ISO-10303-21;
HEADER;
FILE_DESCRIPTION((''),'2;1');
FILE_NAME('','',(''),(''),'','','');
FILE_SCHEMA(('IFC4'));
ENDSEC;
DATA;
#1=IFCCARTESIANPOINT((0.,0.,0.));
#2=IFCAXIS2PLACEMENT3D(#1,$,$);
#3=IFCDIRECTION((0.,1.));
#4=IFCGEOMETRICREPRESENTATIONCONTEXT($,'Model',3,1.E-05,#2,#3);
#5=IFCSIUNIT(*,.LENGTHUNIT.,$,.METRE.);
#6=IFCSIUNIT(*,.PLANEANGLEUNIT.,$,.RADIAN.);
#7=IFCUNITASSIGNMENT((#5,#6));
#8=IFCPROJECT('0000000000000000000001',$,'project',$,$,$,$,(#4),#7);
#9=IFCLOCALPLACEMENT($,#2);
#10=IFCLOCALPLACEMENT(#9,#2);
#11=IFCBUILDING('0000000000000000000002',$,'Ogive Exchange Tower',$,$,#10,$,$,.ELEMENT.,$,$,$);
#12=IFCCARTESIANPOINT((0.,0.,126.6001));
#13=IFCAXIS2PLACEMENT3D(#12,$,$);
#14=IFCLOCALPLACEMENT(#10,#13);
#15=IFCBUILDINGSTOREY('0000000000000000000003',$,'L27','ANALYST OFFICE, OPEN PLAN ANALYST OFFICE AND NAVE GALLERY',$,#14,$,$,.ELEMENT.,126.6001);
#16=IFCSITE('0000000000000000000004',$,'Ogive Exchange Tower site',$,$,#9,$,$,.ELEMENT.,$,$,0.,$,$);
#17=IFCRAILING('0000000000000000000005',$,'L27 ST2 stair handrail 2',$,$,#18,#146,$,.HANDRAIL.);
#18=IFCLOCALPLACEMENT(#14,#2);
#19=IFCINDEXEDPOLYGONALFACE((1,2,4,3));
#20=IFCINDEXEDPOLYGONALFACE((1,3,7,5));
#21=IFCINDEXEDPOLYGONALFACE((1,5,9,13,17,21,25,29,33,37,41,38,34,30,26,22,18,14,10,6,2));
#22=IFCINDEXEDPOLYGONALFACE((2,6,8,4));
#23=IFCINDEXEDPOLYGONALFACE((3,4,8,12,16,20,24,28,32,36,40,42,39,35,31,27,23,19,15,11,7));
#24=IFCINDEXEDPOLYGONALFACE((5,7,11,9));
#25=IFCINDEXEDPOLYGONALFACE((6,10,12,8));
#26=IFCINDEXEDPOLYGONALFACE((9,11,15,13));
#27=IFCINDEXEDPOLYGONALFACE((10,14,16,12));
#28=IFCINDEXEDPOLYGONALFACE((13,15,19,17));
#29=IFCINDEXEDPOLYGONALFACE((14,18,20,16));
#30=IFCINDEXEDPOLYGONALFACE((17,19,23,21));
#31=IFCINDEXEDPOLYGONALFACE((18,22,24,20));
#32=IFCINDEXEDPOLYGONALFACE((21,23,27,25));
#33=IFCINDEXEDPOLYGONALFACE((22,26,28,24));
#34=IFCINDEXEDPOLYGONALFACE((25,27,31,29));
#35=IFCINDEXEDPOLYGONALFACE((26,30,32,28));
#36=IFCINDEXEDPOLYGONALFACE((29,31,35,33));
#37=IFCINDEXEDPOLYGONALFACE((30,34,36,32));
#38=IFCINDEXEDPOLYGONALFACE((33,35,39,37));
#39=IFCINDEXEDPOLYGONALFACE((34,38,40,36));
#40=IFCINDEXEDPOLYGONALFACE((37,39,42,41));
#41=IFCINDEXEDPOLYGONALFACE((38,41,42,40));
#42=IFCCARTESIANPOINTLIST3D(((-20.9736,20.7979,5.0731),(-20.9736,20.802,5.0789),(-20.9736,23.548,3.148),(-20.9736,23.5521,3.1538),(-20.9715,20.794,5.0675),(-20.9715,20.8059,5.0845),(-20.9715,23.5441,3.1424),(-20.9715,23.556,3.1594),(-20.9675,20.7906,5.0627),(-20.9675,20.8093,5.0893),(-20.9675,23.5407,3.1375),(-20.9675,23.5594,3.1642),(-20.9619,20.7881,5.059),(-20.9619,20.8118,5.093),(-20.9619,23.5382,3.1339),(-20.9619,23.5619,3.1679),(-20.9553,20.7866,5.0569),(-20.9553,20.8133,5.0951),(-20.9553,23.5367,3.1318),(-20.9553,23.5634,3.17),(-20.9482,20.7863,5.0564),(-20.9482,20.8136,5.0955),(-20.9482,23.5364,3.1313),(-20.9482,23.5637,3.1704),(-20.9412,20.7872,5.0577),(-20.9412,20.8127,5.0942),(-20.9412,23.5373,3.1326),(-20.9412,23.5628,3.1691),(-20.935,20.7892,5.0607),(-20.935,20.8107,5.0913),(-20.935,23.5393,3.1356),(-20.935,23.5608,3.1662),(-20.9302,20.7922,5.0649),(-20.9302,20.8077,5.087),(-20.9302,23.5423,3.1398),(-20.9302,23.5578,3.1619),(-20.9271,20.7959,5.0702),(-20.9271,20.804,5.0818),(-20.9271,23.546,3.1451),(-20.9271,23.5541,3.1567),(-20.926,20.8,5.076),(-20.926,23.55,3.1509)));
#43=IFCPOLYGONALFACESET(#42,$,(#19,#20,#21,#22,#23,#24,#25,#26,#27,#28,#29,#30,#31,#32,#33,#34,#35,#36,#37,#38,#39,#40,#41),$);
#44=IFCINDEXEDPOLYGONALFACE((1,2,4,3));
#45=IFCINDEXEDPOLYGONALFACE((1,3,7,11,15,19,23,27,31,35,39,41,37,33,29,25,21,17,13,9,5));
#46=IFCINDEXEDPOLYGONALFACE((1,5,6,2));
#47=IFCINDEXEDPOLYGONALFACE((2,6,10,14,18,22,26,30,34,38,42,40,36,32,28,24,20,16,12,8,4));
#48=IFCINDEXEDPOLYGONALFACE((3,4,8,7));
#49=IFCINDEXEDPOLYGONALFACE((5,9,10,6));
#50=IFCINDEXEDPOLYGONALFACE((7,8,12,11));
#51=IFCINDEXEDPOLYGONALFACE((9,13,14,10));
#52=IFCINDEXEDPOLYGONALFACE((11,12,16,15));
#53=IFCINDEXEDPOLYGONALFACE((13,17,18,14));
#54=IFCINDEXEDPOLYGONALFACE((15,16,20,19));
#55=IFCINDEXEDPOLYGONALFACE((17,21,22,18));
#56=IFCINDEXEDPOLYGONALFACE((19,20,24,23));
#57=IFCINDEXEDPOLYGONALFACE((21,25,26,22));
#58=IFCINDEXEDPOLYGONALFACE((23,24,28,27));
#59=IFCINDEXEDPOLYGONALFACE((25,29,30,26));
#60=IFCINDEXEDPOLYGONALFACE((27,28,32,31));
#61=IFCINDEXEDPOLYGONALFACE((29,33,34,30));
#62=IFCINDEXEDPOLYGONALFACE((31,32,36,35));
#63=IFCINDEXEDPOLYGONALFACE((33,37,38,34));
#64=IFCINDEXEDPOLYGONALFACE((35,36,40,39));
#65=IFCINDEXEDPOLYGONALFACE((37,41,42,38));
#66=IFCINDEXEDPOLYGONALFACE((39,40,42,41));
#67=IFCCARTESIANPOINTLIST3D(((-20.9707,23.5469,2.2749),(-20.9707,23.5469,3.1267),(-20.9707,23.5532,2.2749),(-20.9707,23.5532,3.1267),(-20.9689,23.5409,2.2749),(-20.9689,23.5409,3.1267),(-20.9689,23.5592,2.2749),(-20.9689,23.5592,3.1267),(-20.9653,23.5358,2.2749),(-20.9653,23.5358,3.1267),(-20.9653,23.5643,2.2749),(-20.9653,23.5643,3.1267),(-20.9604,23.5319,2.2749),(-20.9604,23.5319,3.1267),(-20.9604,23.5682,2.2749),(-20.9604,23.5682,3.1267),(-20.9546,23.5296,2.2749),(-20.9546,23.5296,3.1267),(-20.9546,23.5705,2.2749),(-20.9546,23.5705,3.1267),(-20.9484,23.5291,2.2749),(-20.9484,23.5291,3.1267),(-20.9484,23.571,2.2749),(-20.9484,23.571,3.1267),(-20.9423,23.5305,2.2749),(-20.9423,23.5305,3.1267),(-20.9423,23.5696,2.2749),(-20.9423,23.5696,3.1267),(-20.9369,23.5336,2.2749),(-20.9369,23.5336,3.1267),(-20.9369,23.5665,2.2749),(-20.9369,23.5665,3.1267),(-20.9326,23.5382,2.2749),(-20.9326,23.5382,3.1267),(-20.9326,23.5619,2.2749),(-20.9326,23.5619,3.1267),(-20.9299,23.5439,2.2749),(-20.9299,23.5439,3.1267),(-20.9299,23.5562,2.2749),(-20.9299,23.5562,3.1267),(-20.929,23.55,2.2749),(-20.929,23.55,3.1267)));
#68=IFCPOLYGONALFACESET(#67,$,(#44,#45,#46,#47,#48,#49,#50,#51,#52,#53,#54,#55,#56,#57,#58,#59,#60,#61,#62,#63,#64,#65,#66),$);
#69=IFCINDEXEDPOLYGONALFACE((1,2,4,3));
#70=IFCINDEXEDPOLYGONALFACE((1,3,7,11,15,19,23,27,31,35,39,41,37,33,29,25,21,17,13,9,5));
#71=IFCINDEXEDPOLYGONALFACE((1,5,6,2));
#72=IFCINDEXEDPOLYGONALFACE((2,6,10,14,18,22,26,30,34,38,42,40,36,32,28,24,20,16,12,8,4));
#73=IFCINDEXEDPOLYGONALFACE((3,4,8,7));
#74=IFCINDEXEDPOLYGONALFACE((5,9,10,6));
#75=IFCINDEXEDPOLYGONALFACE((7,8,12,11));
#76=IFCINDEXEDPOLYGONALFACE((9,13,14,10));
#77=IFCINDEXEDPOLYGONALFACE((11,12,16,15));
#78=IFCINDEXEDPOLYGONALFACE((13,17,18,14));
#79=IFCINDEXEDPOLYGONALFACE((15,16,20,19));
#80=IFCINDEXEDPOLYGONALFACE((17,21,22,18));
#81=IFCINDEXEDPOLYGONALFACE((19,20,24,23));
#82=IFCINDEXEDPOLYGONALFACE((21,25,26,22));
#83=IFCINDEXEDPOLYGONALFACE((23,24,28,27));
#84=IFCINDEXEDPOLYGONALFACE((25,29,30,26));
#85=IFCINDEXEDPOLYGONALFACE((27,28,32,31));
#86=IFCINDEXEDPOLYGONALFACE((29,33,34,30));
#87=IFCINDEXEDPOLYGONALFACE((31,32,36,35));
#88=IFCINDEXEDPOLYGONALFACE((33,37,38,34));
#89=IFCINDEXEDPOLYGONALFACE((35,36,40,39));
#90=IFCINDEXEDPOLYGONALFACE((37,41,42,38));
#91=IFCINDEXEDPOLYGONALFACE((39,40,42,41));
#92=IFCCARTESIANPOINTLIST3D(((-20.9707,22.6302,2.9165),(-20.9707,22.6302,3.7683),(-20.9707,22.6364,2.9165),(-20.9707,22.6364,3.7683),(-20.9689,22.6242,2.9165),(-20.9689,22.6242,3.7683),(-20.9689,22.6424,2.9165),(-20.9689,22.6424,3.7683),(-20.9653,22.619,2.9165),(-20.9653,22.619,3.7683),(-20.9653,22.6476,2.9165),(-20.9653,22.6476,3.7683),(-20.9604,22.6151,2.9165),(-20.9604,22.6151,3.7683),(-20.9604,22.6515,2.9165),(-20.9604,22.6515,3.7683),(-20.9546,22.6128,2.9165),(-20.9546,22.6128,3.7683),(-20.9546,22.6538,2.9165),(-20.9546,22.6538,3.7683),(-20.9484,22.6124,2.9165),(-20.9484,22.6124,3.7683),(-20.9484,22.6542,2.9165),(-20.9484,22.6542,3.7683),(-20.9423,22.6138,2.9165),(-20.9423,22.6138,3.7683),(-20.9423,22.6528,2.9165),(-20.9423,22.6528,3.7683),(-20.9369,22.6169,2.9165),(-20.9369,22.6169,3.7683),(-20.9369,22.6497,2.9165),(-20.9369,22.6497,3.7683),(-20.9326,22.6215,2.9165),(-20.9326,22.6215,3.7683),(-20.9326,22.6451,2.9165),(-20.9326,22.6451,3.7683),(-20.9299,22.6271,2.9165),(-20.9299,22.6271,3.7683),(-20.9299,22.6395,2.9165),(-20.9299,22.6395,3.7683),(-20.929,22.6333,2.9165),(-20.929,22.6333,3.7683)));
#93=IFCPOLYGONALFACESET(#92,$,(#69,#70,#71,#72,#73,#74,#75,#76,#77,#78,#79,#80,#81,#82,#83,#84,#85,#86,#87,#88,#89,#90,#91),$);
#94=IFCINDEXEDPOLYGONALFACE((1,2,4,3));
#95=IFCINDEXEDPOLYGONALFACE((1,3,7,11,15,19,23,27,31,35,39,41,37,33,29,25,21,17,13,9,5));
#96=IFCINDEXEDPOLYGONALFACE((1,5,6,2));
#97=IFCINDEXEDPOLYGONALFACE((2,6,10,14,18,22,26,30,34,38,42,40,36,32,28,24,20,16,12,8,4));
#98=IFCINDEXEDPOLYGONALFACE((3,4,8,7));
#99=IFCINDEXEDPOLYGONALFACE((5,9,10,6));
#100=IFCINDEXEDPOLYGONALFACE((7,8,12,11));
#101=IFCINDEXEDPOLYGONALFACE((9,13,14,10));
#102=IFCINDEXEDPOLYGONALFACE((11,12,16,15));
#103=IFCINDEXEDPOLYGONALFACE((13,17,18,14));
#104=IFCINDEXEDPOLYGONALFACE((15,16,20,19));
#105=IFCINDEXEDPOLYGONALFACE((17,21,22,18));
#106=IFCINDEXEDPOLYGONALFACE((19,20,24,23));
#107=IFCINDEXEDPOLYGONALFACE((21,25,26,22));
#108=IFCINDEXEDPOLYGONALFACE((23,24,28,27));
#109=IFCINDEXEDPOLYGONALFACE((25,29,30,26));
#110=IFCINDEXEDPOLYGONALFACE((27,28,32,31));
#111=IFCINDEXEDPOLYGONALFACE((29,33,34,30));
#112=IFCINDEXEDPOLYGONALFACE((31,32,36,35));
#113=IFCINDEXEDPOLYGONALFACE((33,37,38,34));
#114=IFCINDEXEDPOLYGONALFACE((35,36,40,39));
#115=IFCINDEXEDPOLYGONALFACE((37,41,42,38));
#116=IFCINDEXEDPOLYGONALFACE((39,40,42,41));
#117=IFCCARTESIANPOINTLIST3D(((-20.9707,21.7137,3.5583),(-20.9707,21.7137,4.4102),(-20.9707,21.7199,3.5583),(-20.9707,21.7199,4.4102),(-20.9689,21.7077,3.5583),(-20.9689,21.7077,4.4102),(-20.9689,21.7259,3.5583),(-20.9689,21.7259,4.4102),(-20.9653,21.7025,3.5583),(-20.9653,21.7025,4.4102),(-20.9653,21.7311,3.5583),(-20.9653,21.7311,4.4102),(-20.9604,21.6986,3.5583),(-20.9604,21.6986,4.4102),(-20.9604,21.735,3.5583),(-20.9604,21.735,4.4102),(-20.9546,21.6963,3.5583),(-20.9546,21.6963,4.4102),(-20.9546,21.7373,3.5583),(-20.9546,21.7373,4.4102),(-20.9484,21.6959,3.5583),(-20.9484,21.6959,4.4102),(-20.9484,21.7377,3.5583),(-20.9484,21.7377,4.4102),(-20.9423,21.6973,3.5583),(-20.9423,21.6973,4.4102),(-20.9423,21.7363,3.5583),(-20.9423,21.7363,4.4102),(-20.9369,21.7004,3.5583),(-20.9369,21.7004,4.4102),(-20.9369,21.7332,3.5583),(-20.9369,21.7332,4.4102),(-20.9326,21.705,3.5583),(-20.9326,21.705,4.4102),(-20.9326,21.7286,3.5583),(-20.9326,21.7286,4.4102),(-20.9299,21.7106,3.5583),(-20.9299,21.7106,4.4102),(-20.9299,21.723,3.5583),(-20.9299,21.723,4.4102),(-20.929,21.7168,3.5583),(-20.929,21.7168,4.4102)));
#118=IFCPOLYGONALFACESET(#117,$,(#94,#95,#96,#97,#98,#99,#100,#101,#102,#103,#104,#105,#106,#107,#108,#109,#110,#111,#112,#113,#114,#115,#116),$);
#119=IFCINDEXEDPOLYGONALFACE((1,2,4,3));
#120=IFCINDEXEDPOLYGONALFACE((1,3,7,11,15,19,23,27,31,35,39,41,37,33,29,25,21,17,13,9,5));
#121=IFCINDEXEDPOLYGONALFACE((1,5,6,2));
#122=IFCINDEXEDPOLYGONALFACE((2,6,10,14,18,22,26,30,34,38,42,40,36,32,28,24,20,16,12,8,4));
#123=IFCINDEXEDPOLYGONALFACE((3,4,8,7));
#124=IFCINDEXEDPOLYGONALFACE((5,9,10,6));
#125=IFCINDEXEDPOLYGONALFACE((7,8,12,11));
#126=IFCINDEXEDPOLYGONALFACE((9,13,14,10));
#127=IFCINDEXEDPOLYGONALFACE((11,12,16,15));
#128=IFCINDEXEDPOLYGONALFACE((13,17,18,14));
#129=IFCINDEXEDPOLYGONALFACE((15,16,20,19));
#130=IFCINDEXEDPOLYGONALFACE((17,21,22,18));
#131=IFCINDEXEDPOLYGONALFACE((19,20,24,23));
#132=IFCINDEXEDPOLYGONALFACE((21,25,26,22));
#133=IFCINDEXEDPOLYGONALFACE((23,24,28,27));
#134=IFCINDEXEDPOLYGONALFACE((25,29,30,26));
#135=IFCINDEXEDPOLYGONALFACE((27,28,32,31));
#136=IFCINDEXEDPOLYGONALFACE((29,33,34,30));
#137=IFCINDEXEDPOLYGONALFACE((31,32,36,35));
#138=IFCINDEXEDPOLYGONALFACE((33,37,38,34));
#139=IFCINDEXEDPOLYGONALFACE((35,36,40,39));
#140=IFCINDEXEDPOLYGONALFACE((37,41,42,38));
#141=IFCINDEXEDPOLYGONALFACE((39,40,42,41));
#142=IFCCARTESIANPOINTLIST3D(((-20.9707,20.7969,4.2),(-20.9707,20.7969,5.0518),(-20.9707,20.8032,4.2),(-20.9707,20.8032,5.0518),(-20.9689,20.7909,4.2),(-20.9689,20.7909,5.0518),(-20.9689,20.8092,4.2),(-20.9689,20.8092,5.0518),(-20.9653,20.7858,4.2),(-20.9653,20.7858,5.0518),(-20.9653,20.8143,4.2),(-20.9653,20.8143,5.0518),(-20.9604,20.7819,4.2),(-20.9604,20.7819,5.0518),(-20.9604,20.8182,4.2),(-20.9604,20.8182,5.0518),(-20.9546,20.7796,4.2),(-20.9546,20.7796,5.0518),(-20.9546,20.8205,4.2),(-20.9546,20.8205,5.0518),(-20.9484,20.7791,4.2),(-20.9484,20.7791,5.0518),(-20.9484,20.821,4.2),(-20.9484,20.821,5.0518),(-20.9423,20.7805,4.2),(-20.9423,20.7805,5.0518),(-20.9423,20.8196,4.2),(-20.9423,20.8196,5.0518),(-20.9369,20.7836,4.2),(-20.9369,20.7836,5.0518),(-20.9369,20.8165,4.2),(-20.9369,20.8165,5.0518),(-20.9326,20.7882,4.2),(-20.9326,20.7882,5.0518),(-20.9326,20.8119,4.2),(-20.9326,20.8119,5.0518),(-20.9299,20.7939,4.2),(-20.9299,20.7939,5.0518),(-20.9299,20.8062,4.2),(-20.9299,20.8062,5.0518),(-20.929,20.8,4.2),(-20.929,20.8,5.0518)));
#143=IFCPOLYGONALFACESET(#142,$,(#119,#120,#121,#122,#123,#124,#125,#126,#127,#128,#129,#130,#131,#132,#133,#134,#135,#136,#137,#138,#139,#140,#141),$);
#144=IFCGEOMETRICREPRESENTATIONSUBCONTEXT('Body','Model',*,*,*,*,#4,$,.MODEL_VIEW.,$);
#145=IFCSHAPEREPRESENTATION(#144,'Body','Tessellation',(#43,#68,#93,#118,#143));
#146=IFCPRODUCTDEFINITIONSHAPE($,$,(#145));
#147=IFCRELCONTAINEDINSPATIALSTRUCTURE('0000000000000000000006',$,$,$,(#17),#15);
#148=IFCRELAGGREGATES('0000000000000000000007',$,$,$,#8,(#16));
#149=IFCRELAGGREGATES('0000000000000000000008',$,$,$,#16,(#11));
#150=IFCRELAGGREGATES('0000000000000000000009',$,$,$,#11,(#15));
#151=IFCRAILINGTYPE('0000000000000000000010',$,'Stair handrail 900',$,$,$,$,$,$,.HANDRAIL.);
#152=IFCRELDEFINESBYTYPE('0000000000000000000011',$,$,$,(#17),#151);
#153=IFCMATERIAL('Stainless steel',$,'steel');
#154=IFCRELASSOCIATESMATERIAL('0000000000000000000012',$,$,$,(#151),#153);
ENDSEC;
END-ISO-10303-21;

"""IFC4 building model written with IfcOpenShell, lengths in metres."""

from ifc_helpers import new_model, si_unit, direction, frame, origin, origin_2d, place, context, subcontext, project, spatial, circle, extrude, material, type_object, element, save


model = new_model("IFC4")

# Units and contexts
model_context = context("Model", 3, precision=1e-05, world=origin(), true_north=direction((0.0, 1.0)))
body_context = subcontext(model_context, "Body", "Model", "MODEL_VIEW")
ifc_project = project(units=[si_unit("LENGTHUNIT", "METRE"), si_unit("PLANEANGLEUNIT", "RADIAN")], contexts=[model_context])

# Site, building, storey
site_placement = place(None, origin())
site = spatial("IfcSite", under=ifc_project, at=site_placement, Name="Ogive Exchange Tower site", CompositionType="ELEMENT", RefElevation=0.0)
building_placement = place(site_placement, origin())
building = spatial("IfcBuilding", under=site, at=building_placement, Name="Ogive Exchange Tower", CompositionType="ELEMENT")
storey_placement = place(building_placement, frame((0.0, 0.0, 126.6001)))
storey = spatial("IfcBuildingStorey", under=building, at=storey_placement, Name="L27", Description="ANALYST OFFICE, OPEN PLAN ANALYST OFFICE AND NAVE GALLERY", CompositionType="ELEMENT", Elevation=126.6001)

# Shared definitions
ifc_material_1 = material(Name="Stainless steel", Category="steel")

# Railing
railing_type = type_object("IfcRailingType", Name="Stair handrail 900", PredefinedType="HANDRAIL", material=ifc_material_1)
railing_placement = place(storey_placement, frame((-20.95, 23.55, 2.2749)))
element("IfcRailing", 1, at=railing_placement, inside=storey, type_object=railing_type, Name="L27 ST2 stair handrail 2", PredefinedType="HANDRAIL", context=body_context, shape_type="SweptSolid", body=[
    extrude(circle(Radius=0.0239, at=origin_2d()), frame((0.0, 0.0, 0.876), z_axis=(0.0, -0.819225, 0.573472), x_axis=(1.0, 0.0, 0.0)), (0.0, 0.0, 1.0), 3.3569),
    extrude(circle(Radius=0.021, at=origin_2d()), origin(), (0.0, 0.0, 1.0), 0.8518),
    extrude(circle(Radius=0.021, at=origin_2d()), frame((0.0, -0.9167, 0.6416)), (0.0, 0.0, 1.0), 0.8518),
    extrude(circle(Radius=0.021, at=origin_2d()), frame((0.0, -1.8333, 1.2834)), (0.0, 0.0, 1.0), 0.8518),
    extrude(circle(Radius=0.021, at=origin_2d()), frame((0.0, -2.75, 1.925)), (0.0, 0.0, 1.0), 0.8518),
])

save(model, "model.ifc")
